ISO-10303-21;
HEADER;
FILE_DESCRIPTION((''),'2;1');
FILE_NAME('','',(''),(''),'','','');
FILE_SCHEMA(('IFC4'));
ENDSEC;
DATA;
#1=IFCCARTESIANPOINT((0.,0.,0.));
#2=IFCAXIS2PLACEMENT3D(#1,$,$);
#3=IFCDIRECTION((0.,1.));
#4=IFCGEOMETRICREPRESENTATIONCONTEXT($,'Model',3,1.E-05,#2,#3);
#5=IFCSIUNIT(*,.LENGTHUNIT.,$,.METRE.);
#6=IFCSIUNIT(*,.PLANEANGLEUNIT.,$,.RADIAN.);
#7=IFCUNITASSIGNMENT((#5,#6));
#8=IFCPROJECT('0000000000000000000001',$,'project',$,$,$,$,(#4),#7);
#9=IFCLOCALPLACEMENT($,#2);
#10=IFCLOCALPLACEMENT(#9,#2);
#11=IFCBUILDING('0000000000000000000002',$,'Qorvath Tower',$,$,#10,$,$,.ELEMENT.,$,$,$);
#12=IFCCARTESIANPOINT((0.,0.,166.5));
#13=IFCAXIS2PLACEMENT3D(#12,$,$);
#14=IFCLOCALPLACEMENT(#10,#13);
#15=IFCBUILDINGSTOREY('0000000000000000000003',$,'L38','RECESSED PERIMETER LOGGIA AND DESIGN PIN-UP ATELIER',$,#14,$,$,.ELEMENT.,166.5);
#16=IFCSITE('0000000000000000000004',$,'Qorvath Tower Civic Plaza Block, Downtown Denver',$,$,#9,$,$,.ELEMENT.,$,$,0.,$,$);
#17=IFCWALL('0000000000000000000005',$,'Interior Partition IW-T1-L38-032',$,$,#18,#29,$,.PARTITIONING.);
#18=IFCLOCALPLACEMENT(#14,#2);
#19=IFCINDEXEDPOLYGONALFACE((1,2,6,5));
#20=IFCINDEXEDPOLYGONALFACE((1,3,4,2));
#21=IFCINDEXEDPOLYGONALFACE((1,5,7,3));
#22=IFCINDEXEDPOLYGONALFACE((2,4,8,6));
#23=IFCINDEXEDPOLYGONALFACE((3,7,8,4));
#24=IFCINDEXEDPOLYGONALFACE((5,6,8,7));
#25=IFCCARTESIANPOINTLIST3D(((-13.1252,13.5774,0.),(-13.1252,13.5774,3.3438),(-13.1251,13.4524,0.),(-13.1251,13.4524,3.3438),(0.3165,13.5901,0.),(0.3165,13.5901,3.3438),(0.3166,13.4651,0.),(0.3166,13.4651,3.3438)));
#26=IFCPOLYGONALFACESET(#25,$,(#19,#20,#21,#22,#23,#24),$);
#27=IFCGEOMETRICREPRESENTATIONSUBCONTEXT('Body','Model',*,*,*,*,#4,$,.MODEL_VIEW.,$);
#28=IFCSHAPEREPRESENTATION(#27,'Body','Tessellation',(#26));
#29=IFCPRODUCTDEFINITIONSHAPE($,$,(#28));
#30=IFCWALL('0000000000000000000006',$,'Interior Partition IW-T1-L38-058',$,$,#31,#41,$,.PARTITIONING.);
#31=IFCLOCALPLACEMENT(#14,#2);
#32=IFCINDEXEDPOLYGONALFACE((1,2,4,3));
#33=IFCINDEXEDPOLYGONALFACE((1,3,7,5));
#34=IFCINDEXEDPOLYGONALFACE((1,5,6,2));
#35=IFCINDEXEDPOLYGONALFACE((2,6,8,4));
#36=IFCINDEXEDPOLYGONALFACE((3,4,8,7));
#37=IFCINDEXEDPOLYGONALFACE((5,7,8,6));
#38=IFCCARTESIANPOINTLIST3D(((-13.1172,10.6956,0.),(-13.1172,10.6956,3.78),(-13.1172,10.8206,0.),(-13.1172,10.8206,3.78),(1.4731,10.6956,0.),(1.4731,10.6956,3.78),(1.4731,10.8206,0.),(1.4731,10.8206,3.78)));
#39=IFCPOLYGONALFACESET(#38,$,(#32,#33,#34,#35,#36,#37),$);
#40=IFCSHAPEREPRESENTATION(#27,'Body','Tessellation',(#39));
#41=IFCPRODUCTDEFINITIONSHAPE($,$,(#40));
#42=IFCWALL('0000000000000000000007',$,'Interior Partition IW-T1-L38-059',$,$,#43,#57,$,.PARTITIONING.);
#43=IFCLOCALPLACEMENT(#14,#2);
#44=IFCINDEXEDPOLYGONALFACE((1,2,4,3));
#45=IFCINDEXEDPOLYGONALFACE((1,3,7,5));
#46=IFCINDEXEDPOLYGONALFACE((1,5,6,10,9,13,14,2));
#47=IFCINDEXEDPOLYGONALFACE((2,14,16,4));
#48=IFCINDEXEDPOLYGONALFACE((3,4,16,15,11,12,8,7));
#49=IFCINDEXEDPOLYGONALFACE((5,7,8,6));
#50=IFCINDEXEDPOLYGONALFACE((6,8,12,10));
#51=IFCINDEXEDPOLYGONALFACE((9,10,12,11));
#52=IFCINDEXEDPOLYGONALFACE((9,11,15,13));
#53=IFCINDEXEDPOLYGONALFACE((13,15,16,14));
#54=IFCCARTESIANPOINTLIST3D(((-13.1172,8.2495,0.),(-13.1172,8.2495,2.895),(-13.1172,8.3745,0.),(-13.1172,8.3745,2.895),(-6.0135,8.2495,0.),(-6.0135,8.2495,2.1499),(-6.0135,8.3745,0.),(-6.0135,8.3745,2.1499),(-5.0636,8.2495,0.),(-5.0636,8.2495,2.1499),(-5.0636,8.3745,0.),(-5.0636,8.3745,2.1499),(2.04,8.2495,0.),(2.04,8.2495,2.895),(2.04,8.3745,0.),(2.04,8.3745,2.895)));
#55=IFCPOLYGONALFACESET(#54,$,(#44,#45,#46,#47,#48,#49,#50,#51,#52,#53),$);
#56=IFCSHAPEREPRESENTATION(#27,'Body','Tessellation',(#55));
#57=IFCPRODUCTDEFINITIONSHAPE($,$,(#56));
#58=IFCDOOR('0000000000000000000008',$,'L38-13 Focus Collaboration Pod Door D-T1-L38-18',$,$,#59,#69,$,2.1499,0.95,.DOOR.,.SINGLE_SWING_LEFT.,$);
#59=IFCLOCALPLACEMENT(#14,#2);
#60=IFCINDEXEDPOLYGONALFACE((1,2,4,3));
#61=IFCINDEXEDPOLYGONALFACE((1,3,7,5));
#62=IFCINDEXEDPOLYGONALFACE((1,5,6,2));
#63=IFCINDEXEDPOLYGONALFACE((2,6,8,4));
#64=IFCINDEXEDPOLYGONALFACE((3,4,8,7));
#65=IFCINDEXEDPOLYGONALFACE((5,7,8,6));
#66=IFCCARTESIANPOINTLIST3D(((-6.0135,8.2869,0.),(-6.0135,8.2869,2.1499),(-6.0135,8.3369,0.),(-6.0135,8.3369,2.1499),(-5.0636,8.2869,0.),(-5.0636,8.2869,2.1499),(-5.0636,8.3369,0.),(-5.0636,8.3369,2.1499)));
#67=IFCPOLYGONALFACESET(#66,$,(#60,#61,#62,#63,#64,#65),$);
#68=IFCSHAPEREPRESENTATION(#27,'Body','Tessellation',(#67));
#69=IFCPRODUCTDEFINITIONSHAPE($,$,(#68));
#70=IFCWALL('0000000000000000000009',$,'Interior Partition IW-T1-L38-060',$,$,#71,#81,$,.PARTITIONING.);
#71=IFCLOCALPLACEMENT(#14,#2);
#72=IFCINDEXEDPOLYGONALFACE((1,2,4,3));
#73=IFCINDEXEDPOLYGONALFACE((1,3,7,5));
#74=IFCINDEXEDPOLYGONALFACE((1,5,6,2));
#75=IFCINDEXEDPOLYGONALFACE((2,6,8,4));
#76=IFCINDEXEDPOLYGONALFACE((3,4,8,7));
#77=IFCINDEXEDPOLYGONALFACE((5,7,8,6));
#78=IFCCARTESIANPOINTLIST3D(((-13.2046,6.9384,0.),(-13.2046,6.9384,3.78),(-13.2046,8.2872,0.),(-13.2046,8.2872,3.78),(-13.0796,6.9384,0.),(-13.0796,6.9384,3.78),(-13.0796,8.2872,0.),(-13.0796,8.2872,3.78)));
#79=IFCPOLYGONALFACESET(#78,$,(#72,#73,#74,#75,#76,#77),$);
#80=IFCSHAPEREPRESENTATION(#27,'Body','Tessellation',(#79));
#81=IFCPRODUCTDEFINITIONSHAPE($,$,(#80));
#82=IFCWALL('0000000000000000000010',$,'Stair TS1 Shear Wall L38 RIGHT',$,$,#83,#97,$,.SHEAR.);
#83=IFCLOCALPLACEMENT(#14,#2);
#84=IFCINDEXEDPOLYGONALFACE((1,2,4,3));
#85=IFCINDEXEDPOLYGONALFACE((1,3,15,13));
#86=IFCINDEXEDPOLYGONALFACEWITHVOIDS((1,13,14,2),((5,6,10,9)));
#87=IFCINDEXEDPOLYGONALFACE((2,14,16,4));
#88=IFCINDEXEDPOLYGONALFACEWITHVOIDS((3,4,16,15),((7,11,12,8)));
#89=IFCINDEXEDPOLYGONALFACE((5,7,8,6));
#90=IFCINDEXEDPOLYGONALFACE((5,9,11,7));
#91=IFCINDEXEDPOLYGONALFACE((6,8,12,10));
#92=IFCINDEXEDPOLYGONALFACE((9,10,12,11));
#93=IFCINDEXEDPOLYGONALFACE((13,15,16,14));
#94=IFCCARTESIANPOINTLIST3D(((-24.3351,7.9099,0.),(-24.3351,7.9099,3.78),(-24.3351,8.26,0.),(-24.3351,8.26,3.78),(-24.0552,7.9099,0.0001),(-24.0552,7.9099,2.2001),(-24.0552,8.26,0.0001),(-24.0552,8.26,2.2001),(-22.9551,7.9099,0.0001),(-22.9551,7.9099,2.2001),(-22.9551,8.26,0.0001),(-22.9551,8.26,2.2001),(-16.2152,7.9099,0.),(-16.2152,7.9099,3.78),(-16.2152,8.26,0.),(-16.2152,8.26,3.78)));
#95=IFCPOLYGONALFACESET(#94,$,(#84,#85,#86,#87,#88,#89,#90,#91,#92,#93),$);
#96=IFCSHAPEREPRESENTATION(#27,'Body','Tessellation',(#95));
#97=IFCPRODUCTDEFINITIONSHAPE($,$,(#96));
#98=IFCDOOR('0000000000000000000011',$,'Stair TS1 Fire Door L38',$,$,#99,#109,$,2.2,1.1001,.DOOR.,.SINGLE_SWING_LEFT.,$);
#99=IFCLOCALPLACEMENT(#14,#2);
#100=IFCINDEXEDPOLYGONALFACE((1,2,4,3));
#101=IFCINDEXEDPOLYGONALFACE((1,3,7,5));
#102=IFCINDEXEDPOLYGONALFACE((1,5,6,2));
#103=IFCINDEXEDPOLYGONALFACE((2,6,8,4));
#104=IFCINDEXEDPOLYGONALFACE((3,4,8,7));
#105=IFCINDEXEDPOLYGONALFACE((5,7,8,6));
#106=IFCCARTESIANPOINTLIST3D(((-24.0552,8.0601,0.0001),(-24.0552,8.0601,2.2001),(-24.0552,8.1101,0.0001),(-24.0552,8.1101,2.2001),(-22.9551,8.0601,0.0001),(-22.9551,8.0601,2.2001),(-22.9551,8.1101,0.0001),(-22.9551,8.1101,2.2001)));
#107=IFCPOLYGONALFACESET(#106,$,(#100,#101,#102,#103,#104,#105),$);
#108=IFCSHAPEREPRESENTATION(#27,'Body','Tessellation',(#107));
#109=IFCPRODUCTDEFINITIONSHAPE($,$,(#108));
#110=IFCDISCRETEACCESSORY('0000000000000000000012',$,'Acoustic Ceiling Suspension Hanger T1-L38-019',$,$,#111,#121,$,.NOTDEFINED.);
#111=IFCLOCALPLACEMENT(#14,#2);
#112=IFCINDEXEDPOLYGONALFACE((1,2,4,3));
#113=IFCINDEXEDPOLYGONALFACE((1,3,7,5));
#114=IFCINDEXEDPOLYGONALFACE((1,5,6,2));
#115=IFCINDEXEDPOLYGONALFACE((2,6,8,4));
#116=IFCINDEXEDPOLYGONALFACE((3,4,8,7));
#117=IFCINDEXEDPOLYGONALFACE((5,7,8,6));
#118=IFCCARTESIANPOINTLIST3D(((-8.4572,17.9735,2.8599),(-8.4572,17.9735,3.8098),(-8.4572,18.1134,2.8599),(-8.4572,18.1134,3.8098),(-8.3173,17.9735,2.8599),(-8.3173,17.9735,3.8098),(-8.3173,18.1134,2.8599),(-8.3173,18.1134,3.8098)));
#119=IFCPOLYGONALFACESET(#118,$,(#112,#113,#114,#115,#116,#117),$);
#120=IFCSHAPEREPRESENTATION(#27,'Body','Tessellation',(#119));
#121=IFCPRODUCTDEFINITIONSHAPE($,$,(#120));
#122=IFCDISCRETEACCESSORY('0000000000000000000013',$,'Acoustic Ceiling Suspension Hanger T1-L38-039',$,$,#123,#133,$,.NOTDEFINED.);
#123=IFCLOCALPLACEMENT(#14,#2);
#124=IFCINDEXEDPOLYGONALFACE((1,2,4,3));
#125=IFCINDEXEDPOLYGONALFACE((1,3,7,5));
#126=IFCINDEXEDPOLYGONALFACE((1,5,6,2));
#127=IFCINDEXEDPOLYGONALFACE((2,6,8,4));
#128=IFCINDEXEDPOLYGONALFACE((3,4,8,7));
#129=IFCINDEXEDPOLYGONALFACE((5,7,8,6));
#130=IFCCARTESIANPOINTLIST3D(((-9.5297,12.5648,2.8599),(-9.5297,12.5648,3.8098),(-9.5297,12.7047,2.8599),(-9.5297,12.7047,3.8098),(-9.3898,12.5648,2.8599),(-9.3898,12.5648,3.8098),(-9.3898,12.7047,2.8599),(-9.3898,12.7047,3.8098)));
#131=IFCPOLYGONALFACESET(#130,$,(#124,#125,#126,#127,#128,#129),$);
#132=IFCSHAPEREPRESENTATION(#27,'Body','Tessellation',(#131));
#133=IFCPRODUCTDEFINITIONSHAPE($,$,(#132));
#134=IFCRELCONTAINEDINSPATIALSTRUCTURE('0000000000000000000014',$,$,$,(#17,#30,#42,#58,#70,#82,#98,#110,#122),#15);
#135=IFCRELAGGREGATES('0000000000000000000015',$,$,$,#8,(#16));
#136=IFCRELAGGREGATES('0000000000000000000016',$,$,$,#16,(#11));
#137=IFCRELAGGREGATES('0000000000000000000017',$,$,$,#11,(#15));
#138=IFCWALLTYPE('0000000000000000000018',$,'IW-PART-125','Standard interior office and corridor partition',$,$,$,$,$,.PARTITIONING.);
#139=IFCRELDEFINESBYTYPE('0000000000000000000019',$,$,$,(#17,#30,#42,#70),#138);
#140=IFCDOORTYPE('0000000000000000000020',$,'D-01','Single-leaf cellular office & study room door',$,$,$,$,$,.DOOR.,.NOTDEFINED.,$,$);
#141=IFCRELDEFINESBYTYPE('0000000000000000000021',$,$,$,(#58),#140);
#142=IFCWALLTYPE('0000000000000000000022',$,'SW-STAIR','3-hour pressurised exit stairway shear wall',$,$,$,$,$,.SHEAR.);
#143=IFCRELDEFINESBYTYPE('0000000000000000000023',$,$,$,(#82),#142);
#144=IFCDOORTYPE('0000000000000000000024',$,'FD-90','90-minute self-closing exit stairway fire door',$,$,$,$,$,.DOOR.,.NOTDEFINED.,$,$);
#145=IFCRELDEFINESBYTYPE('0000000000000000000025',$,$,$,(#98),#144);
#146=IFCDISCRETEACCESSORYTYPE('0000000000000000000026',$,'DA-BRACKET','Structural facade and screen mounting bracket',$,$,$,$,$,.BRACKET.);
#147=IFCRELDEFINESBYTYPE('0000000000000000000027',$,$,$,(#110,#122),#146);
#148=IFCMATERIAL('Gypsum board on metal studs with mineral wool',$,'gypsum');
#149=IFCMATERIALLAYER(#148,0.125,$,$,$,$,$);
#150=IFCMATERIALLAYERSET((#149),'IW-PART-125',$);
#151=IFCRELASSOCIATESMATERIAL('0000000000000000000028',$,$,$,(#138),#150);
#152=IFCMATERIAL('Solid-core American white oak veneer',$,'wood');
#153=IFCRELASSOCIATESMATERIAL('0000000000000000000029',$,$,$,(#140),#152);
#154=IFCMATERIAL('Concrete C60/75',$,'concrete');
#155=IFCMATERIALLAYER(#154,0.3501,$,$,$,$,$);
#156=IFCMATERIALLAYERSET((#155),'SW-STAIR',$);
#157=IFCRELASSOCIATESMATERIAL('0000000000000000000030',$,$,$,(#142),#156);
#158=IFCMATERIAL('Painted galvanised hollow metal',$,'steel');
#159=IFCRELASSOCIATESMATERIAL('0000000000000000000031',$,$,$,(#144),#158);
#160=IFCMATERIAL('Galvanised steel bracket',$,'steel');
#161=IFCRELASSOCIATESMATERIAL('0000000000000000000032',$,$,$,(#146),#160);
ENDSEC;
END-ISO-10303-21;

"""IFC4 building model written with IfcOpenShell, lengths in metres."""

from ifc_helpers import new_model, si_unit, direction, frame, frame_2d, origin, origin_2d, place, context, subcontext, project, spatial, rectangle, extrude, material, layer, layer_set, type_object, element, fill, save


model = new_model("IFC4")

# Units and contexts
model_context = context("Model", 3, precision=1e-05, world=origin(), true_north=direction((0.0, 1.0)))
body_context = subcontext(model_context, "Body", "Model", "MODEL_VIEW")
ifc_project = project(units=[si_unit("LENGTHUNIT", "METRE"), si_unit("PLANEANGLEUNIT", "RADIAN")], contexts=[model_context])

# Site, building, storey
site_placement = place(None, origin())
site = spatial("IfcSite", under=ifc_project, at=site_placement, Name="Qorvath Tower Civic Plaza Block, Downtown Denver", CompositionType="ELEMENT", RefElevation=0.0)
building_placement = place(site_placement, origin())
building = spatial("IfcBuilding", under=site, at=building_placement, Name="Qorvath Tower", CompositionType="ELEMENT")
storey_placement = place(building_placement, frame((0.0, 0.0, 166.5)))
storey = spatial("IfcBuildingStorey", under=building, at=storey_placement, Name="L38", Description="RECESSED PERIMETER LOGGIA AND DESIGN PIN-UP ATELIER", CompositionType="ELEMENT", Elevation=166.5)

# Shared definitions
ifc_material_1 = material(Name="Gypsum board on metal studs with mineral wool", Category="gypsum")
ifc_layer_1 = layer(ifc_material_1, 0.125)
ifc_layer_set_1 = layer_set([ifc_layer_1], Name="IW-PART-125")
wall_type_1 = type_object("IfcWallType", Name="IW-PART-125", Description="Standard interior office and corridor partition", PredefinedType="PARTITIONING", material=ifc_layer_set_1)

# Shared definitions
ifc_material_2 = material(Name="Solid-core American white oak veneer", Category="wood")
door_type_1 = type_object("IfcDoorType", Name="D-01", Description="Single-leaf cellular office & study room door", OperationType="NOTDEFINED", PredefinedType="DOOR", material=ifc_material_2)

# Walls
wall_1_placement = place(storey_placement, frame((-13.125, 13.5149, 0.0), z_axis=(0.0, 0.0, 1.0), x_axis=(1.0, 0.000944, 0.0)))
element("IfcWall", 1, at=wall_1_placement, inside=storey, type_object=wall_type_1, Name="Interior Partition IW-T1-L38-032", PredefinedType="PARTITIONING", context=body_context, shape_type="SweptSolid", body=[
    extrude(rectangle(XDim=13.4417, YDim=0.125, at=frame_2d((6.7207, 0.0))), origin(), (0.0, 0.0, 1.0), 3.3438),
])
wall_2_placement = place(storey_placement, frame((1.4731, 10.7581, 0.0), z_axis=(0.0, 0.0, 1.0), x_axis=(-1.0, 0.0, 0.0)))
element("IfcWall", 2, at=wall_2_placement, inside=storey, type_object=wall_type_1, Name="Interior Partition IW-T1-L38-058", PredefinedType="PARTITIONING", context=body_context, shape_type="SweptSolid", body=[
    extrude(rectangle(XDim=14.5903, YDim=0.125, at=frame_2d((7.2952, 0.0))), origin(), (0.0, 0.0, 1.0), 3.78),
])

# Wall, opening, door
wall_3_placement = place(storey_placement, frame((-13.1172, 8.312, 0.0), z_axis=(0.0, 0.0, 1.0), x_axis=(1.0, 0.0, 0.0)))
wall_3 = element("IfcWall", 3, at=wall_3_placement, inside=storey, type_object=wall_type_1, Name="Interior Partition IW-T1-L38-059", PredefinedType="PARTITIONING", context=body_context, shape_type="SweptSolid", body=[
    extrude(rectangle(XDim=15.1572, YDim=0.125, at=frame_2d((7.5786, 0.0))), origin(), (0.0, 0.0, 1.0), 2.895),
])
opening_1_placement = place(wall_3_placement, frame((7.1035, 0.0, 0.0)))
opening_1 = element("IfcOpeningElement", 4, at=opening_1_placement, cuts=wall_3, PredefinedType="OPENING", context=body_context, shape_type="SweptSolid", body=[
    extrude(rectangle(XDim=0.95, YDim=2.1499, at=frame_2d((0.4751, 1.075))), frame((0.0, 0.0725, 0.0), z_axis=(0.0, -1.0, 0.0), x_axis=(1.0, 0.0, 0.0)), (0.0, 0.0, 1.0), 0.145),
])
door_1_placement = place(opening_1_placement, origin())
door_1 = element("IfcDoor", 5, at=door_1_placement, inside=storey, type_object=door_type_1, Name="L38-13 Focus Collaboration Pod Door D-T1-L38-18", OperationType="SINGLE_SWING_LEFT", OverallHeight=2.1499, OverallWidth=0.95, PredefinedType="DOOR", context=body_context, shape_type="SweptSolid", body=[
    extrude(rectangle(XDim=0.95, YDim=2.1499, at=frame_2d((0.4751, 1.075))), frame((0.0, 0.0249, 0.0), z_axis=(0.0, -1.0, 0.0), x_axis=(1.0, 0.0, 0.0)), (0.0, 0.0, 1.0), 0.05),
])
fill(opening_1, door_1)

# Wall
wall_4_placement = place(storey_placement, frame((-13.1421, 8.2871, 0.0), z_axis=(0.0, 0.0, 1.0), x_axis=(0.0, -1.0, 0.0)))
element("IfcWall", 6, at=wall_4_placement, inside=storey, type_object=wall_type_1, Name="Interior Partition IW-T1-L38-060", PredefinedType="PARTITIONING", context=body_context, shape_type="SweptSolid", body=[
    extrude(rectangle(XDim=1.3489, YDim=0.125, at=frame_2d((0.6743, 0.0))), origin(), (0.0, 0.0, 1.0), 3.78),
])

# Wall, opening, door
ifc_material_3 = material(Name="Concrete C60/75", Category="concrete")
ifc_layer_2 = layer(ifc_material_3, 0.3501)
ifc_layer_set_2 = layer_set([ifc_layer_2], Name="SW-STAIR")
wall_type_2 = type_object("IfcWallType", Name="SW-STAIR", Description="3-hour pressurised exit stairway shear wall", PredefinedType="SHEAR", material=ifc_layer_set_2)
wall_5_placement = place(storey_placement, frame((-16.2151, 8.085, 0.0), z_axis=(0.0, 0.0, 1.0), x_axis=(-1.0, 0.0, 0.0)))
wall_5 = element("IfcWall", 7, at=wall_5_placement, inside=storey, type_object=wall_type_2, Name="Stair TS1 Shear Wall L38 RIGHT", PredefinedType="SHEAR", context=body_context, shape_type="SweptSolid", body=[
    extrude(rectangle(XDim=8.1199, YDim=0.3501, at=frame_2d((4.0601, 0.0))), origin(), (0.0, 0.0, 1.0), 3.78),
])
opening_2_placement = place(wall_5_placement, frame((6.74, 0.0, 0.0)))
opening_2 = element("IfcOpeningElement", 8, at=opening_2_placement, cuts=wall_5, PredefinedType="OPENING", context=body_context, shape_type="SweptSolid", body=[
    extrude(rectangle(XDim=1.1001, YDim=2.2, at=frame_2d((0.55, 1.1001))), frame((0.0, 0.1851, 0.0), z_axis=(0.0, -1.0, 0.0), x_axis=(1.0, 0.0, 0.0)), (0.0, 0.0, 1.0), 0.3701),
])
ifc_material_4 = material(Name="Painted galvanised hollow metal", Category="steel")
door_type_2 = type_object("IfcDoorType", Name="FD-90", Description="90-minute self-closing exit stairway fire door", OperationType="NOTDEFINED", PredefinedType="DOOR", material=ifc_material_4)
door_2_placement = place(opening_2_placement, origin())
door_2 = element("IfcDoor", 9, at=door_2_placement, inside=storey, type_object=door_type_2, Name="Stair TS1 Fire Door L38", OperationType="SINGLE_SWING_LEFT", OverallHeight=2.2, OverallWidth=1.1001, PredefinedType="DOOR", context=body_context, shape_type="SweptSolid", body=[
    extrude(rectangle(XDim=1.1001, YDim=2.2, at=frame_2d((0.55, 1.1001))), frame((0.0, 0.0249, 0.0), z_axis=(0.0, -1.0, 0.0), x_axis=(1.0, 0.0, 0.0)), (0.0, 0.0, 1.0), 0.05),
])
fill(opening_2, door_2)

# Discrete accessories
ifc_material_5 = material(Name="Galvanised steel bracket", Category="steel")
discrete_accessory_type = type_object("IfcDiscreteAccessoryType", Name="DA-BRACKET", Description="Structural facade and screen mounting bracket", PredefinedType="BRACKET", material=ifc_material_5)
for number, where, z_axis, x_axis, name in (
    (10, (-8.3872, 18.0435, 2.8599), (0.0, 0.0, 1.0), (1.0, 0.0, 0.0), "Acoustic Ceiling Suspension Hanger T1-L38-019"),
    (11, (-9.4597, 12.6348, 2.8599), (0.0, 0.0, 1.0), (1.0, 0.0, 0.0), "Acoustic Ceiling Suspension Hanger T1-L38-039"),
):
    element("IfcDiscreteAccessory", number, at=place(storey_placement, frame(where, z_axis=z_axis, x_axis=x_axis)), inside=storey, type_object=discrete_accessory_type, Name=name, PredefinedType="NOTDEFINED", context=body_context, shape_type="SweptSolid", body=[
        extrude(rectangle(XDim=0.1399, YDim=0.1399, at=origin_2d()), origin(), (0.0, 0.0, 1.0), 0.95),
    ])

save(model, "model.ifc")
